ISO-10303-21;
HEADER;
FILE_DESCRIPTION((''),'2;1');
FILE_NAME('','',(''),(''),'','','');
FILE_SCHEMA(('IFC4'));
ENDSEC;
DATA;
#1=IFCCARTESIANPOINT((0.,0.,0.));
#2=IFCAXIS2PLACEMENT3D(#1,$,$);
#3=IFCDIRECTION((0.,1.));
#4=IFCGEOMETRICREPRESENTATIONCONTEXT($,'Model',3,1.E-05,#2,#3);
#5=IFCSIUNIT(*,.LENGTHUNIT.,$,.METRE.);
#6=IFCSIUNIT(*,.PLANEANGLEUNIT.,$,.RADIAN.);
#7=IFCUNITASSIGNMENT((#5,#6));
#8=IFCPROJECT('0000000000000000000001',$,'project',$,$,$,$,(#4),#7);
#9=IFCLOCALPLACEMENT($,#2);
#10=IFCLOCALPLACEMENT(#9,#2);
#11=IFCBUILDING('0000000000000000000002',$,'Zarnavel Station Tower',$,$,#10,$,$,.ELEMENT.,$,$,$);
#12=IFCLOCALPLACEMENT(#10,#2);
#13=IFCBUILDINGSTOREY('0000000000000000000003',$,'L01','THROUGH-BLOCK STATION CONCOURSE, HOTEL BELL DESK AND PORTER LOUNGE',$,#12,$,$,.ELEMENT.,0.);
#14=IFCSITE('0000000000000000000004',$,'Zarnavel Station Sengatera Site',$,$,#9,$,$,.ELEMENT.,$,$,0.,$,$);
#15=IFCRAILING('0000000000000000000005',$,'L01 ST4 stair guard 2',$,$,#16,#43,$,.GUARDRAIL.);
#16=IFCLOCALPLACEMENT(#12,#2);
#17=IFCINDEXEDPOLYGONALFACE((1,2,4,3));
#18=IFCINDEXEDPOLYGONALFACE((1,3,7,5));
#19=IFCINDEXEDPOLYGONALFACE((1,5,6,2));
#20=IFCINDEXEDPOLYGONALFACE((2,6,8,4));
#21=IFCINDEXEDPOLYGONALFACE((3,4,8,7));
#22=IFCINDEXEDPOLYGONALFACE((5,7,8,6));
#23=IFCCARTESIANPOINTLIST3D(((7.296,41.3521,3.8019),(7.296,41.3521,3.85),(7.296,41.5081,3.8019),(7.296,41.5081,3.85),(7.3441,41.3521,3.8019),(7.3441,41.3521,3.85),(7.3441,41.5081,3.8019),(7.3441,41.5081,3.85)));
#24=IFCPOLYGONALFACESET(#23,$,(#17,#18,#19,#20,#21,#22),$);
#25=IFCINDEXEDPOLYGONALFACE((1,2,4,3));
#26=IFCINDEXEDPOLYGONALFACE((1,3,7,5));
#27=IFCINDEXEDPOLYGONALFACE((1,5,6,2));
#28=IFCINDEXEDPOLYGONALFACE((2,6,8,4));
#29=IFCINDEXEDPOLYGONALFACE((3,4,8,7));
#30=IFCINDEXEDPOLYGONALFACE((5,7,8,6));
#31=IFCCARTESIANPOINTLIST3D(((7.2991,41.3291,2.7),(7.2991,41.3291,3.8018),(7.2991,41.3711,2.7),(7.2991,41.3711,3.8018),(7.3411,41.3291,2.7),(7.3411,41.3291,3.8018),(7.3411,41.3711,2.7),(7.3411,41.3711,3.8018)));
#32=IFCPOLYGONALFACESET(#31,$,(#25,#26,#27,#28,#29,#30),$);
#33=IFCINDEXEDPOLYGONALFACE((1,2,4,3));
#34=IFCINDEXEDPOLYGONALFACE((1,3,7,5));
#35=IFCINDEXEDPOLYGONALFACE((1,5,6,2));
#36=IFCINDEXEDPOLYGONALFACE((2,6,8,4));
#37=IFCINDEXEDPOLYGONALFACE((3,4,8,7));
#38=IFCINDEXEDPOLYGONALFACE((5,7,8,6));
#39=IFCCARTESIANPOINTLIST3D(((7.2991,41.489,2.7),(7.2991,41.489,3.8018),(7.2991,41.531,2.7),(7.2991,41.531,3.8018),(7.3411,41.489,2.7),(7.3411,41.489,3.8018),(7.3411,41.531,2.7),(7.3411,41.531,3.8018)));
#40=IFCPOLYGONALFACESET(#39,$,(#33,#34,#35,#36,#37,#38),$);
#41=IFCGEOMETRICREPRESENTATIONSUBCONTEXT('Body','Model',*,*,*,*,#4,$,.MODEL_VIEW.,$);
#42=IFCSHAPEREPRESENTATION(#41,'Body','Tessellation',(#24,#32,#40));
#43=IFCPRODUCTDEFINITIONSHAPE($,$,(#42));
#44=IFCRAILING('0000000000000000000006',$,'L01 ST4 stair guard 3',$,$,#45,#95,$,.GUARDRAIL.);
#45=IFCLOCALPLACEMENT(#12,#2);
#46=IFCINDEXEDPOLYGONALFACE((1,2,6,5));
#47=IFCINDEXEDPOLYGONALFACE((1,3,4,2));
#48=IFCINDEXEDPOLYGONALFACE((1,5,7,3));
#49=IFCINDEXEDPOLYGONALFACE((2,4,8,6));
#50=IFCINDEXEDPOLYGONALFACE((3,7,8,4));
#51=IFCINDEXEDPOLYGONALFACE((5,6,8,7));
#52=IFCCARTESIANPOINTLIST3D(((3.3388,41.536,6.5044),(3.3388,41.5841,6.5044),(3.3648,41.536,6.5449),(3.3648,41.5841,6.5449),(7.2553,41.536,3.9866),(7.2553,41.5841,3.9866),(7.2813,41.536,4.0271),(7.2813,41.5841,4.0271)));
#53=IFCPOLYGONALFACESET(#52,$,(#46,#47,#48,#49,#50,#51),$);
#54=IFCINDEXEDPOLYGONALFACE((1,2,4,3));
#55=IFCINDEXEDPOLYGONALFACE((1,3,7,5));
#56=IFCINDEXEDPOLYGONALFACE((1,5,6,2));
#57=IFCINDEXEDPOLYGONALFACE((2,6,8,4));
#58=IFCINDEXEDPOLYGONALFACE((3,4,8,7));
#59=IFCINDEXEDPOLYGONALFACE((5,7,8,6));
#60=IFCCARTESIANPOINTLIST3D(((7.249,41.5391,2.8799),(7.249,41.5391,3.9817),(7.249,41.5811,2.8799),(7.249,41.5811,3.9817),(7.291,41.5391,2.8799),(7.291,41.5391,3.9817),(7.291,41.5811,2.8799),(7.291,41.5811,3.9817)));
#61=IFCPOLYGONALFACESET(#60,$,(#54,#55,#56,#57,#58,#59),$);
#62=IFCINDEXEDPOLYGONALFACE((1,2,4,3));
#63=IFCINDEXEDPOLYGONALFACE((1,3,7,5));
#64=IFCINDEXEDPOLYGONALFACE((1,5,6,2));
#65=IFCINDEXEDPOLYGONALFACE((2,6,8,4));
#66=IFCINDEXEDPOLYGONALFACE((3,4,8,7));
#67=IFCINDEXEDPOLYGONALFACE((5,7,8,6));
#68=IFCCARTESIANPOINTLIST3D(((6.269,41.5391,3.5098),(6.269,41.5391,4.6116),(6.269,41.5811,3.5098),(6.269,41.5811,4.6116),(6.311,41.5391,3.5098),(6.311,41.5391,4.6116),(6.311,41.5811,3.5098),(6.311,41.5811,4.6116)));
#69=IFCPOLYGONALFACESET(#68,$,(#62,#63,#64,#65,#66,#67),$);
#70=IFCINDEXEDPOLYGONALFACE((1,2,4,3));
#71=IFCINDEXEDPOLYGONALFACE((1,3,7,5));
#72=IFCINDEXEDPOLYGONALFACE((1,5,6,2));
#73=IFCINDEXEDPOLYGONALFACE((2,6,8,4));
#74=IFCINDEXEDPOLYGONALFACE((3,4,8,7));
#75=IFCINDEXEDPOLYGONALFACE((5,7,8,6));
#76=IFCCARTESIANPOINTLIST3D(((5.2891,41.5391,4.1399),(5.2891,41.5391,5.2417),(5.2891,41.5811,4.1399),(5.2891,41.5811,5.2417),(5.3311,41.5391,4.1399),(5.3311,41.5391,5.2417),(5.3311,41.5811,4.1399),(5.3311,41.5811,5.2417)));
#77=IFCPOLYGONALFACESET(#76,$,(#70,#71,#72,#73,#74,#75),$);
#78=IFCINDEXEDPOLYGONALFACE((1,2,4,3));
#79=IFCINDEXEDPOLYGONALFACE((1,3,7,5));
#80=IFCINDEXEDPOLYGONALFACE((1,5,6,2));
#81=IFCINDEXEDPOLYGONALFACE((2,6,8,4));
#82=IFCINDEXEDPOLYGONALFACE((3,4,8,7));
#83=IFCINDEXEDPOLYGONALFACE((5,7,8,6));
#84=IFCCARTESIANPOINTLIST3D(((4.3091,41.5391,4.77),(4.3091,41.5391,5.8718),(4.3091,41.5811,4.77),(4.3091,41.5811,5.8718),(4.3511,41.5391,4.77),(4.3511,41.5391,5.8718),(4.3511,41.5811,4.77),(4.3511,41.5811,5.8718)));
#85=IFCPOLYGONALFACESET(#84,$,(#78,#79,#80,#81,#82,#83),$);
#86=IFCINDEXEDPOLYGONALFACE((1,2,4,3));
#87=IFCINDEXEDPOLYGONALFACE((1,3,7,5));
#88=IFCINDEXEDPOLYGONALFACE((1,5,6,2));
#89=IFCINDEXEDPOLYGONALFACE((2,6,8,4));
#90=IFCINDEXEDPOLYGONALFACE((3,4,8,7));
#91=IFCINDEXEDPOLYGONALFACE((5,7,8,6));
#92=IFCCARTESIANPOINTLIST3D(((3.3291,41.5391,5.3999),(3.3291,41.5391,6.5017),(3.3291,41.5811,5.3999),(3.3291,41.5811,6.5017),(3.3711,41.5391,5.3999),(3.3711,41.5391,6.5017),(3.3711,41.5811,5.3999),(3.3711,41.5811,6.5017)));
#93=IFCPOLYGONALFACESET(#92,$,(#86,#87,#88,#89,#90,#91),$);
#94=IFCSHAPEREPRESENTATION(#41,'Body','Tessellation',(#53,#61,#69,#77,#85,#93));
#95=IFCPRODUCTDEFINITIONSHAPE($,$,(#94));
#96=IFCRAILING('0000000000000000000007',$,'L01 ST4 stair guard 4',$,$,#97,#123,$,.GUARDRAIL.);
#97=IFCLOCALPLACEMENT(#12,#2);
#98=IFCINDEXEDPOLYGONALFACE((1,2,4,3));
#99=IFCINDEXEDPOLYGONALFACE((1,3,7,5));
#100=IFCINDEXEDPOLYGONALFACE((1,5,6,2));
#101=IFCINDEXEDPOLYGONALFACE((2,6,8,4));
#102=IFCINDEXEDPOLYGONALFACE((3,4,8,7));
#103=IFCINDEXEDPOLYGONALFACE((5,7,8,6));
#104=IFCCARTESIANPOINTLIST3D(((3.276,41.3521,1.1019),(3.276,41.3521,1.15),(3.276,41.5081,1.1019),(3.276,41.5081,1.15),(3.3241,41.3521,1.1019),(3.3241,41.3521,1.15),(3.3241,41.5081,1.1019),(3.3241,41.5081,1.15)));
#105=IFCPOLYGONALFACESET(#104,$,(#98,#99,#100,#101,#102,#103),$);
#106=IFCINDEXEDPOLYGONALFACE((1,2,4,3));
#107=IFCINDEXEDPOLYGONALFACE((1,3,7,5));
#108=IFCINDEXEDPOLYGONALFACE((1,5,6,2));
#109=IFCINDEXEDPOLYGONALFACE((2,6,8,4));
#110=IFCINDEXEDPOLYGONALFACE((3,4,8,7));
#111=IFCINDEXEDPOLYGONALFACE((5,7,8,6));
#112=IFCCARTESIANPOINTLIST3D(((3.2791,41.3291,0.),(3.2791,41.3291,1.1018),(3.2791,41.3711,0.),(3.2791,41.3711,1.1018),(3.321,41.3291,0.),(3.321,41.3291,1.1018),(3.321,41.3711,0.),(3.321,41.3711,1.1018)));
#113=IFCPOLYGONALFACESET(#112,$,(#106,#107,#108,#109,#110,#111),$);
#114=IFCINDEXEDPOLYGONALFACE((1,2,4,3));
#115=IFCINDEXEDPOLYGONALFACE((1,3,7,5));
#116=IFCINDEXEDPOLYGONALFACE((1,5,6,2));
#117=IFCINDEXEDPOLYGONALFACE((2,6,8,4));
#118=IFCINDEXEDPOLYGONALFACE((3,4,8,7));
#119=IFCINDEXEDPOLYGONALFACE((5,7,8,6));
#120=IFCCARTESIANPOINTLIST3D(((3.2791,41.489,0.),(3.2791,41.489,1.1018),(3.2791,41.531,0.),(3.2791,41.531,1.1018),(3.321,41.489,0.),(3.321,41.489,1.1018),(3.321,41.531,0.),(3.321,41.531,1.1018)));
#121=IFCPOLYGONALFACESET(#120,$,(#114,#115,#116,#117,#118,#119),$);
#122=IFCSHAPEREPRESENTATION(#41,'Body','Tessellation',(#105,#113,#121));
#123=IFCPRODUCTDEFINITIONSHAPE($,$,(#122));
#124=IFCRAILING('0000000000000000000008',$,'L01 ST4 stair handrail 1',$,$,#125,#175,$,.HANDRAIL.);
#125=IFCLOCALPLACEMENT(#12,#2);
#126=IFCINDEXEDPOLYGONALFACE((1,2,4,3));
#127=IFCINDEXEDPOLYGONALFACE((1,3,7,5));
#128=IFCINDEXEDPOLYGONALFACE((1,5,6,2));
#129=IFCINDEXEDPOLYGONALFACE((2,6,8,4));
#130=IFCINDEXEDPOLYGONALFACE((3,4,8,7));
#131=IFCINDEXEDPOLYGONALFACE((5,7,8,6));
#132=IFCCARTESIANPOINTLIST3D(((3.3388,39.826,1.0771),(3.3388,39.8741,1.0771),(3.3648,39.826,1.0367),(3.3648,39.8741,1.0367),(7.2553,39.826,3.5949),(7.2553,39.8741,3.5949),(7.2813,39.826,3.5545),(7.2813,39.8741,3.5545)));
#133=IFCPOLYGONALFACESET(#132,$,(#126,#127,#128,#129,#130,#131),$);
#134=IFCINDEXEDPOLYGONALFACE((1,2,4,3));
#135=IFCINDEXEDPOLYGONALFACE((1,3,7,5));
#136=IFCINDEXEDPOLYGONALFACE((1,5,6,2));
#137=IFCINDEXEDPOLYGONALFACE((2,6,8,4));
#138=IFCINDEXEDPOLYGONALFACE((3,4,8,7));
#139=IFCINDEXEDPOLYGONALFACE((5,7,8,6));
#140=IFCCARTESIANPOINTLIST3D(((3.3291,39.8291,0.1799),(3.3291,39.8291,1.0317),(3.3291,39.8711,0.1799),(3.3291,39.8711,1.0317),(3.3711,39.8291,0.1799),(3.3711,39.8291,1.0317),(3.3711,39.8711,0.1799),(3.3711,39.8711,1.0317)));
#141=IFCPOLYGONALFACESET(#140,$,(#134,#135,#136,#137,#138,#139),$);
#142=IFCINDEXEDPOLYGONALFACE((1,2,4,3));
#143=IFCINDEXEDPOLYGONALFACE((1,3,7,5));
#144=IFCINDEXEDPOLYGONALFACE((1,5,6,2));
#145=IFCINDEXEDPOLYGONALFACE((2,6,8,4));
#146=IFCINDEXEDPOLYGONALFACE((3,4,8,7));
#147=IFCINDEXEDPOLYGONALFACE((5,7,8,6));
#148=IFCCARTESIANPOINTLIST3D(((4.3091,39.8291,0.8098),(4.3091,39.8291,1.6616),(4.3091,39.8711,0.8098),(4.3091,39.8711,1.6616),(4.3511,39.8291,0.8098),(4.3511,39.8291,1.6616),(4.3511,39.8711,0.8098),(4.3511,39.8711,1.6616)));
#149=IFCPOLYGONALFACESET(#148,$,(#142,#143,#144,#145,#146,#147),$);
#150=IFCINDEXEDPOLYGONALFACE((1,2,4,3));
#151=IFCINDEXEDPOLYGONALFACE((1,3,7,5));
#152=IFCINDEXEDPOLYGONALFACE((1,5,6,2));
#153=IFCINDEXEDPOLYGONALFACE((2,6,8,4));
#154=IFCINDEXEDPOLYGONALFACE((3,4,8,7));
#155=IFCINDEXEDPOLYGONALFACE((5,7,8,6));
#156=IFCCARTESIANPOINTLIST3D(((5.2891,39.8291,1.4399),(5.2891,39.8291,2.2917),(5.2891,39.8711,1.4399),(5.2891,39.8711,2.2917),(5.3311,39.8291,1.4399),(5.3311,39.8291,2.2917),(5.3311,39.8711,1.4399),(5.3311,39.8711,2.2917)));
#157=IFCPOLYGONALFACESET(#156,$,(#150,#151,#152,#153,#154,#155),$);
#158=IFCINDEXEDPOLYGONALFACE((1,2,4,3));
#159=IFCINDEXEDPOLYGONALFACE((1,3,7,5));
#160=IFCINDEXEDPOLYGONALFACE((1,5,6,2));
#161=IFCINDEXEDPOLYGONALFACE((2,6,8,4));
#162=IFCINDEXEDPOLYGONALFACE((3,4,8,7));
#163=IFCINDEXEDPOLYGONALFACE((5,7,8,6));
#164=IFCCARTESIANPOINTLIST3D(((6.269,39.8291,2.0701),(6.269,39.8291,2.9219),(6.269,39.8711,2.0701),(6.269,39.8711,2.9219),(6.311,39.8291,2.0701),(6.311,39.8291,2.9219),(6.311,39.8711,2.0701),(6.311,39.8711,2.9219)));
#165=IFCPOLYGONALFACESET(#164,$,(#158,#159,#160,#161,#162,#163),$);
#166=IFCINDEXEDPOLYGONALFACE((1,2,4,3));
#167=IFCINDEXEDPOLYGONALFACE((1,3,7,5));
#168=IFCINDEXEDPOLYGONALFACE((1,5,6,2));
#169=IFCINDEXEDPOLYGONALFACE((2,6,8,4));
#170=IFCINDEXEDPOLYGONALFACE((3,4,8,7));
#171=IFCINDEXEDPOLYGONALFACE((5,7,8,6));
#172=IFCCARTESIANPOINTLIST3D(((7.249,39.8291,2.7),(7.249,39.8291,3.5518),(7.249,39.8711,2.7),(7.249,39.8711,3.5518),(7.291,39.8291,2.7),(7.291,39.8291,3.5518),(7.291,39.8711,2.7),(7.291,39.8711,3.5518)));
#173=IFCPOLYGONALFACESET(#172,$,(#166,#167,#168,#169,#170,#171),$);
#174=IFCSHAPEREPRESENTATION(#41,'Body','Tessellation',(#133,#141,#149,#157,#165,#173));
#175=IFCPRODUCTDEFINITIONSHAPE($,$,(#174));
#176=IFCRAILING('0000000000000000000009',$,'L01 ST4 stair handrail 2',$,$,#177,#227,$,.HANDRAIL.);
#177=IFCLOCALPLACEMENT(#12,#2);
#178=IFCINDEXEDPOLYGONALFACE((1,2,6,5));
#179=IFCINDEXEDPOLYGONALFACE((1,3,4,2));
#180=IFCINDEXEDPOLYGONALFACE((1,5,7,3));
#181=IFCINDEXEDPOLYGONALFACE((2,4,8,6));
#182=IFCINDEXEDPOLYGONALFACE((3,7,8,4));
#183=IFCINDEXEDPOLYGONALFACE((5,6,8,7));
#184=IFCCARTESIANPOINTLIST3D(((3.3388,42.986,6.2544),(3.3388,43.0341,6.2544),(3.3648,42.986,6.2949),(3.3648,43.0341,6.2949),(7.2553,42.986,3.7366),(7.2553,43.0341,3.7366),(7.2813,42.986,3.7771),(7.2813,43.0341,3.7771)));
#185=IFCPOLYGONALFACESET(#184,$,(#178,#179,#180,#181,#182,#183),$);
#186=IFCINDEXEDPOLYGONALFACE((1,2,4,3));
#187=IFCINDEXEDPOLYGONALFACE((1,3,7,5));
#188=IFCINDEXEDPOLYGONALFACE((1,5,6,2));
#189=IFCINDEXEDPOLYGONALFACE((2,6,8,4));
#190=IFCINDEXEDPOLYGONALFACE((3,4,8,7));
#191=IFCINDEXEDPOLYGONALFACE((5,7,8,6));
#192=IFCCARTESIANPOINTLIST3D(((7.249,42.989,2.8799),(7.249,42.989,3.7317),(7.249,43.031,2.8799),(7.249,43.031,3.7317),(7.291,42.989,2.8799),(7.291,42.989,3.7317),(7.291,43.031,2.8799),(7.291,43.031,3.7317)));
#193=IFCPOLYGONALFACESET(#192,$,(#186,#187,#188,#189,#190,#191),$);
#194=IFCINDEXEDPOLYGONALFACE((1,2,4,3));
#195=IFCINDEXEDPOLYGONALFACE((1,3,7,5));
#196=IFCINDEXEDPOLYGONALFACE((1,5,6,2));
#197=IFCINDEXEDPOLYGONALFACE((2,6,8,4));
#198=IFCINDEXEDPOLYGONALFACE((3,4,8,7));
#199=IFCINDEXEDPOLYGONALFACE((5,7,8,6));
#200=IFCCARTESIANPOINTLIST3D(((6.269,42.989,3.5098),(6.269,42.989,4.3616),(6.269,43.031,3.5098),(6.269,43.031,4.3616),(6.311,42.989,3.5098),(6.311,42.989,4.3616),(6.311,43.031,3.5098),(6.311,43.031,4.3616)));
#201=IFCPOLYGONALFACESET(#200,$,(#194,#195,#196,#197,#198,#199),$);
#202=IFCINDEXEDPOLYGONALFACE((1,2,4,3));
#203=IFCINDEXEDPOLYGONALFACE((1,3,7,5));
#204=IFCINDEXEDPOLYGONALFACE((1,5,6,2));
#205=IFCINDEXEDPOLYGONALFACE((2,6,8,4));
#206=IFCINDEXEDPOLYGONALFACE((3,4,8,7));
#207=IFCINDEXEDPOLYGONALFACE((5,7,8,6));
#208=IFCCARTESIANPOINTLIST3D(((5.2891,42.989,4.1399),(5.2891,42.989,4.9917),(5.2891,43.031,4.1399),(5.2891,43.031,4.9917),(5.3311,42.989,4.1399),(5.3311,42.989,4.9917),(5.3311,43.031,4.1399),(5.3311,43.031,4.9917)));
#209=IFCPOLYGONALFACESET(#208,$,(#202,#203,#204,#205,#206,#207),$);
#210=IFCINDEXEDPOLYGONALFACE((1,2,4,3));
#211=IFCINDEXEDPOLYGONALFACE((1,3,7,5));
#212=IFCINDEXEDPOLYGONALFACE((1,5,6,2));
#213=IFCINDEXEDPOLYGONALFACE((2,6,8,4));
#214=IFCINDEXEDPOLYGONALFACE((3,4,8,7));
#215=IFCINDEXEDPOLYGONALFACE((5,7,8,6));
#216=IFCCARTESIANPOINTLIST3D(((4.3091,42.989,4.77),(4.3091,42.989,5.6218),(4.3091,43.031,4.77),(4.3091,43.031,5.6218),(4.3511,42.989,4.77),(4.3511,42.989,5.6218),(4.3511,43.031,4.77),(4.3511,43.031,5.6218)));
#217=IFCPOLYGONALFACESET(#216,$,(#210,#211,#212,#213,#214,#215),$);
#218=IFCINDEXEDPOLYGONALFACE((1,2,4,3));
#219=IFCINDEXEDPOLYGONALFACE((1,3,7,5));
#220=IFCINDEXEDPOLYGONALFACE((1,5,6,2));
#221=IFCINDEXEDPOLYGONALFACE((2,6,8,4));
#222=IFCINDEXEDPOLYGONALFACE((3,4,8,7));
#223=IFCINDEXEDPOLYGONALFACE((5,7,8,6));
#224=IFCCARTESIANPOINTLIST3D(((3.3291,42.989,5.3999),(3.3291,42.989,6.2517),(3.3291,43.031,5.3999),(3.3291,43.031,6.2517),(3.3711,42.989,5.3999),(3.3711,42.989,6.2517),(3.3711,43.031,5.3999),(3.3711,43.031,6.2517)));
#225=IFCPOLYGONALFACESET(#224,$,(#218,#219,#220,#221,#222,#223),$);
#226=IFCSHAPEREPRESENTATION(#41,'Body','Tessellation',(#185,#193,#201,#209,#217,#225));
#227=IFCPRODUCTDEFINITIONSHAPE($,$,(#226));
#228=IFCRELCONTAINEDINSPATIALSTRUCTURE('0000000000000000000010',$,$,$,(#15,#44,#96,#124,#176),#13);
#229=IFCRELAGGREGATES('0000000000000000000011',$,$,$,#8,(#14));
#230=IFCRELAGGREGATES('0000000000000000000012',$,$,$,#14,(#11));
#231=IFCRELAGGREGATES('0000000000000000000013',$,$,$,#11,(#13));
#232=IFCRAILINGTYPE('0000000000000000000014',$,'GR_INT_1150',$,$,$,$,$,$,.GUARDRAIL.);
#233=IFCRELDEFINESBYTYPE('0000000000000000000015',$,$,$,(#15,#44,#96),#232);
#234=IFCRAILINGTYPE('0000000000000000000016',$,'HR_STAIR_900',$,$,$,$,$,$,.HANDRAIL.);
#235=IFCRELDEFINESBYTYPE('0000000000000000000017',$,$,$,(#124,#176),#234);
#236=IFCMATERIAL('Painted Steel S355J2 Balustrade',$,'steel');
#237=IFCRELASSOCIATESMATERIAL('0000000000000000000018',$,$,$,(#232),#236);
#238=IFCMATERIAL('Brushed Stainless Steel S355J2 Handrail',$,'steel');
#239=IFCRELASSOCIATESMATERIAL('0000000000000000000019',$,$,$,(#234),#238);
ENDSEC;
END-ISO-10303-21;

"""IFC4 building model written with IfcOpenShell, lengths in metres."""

from ifc_helpers import new_model, si_unit, direction, frame, origin, origin_2d, place, context, subcontext, project, spatial, rectangle, extrude, material, type_object, element, save


model = new_model("IFC4")

# Units and contexts
model_context = context("Model", 3, precision=1e-05, world=origin(), true_north=direction((0.0, 1.0)))
body_context = subcontext(model_context, "Body", "Model", "MODEL_VIEW")
ifc_project = project(units=[si_unit("LENGTHUNIT", "METRE"), si_unit("PLANEANGLEUNIT", "RADIAN")], contexts=[model_context])

# Site, building, storey
site_placement = place(None, origin())
site = spatial("IfcSite", under=ifc_project, at=site_placement, Name="Zarnavel Station Sengatera Site", CompositionType="ELEMENT", RefElevation=0.0)
building_placement = place(site_placement, origin())
building = spatial("IfcBuilding", under=site, at=building_placement, Name="Zarnavel Station Tower", CompositionType="ELEMENT")
storey_placement = place(building_placement, origin())
storey = spatial("IfcBuildingStorey", under=building, at=storey_placement, Name="L01", Description="THROUGH-BLOCK STATION CONCOURSE, HOTEL BELL DESK AND PORTER LOUNGE", CompositionType="ELEMENT", Elevation=0.0)

# Railings
ifc_material_1 = material(Name="Painted Steel S355J2 Balustrade", Category="steel")
railing_type_1 = type_object("IfcRailingType", Name="GR_INT_1150", PredefinedType="GUARDRAIL", material=ifc_material_1)
railing_1_placement = place(storey_placement, frame((7.3201, 41.3501, 2.7)))
element("IfcRailing", 1, at=railing_1_placement, inside=storey, type_object=railing_type_1, Name="L01 ST4 stair guard 2", PredefinedType="GUARDRAIL", context=body_context, shape_type="SweptSolid", body=[
    extrude(rectangle(XDim=0.0481, YDim=0.0481, at=origin_2d()), frame((0.0, 0.002, 1.126), z_axis=(0.0, 1.0, 0.0), x_axis=(-1.0, 0.0, 0.0)), (0.0, 0.0, 1.0), 0.156),
    extrude(rectangle(XDim=0.042, YDim=0.042, at=origin_2d()), origin(), (0.0, 0.0, 1.0), 1.1018),
    extrude(rectangle(XDim=0.042, YDim=0.042, at=origin_2d()), frame((0.0, 0.1599, 0.0)), (0.0, 0.0, 1.0), 1.1018),
])
railing_2_placement = place(storey_placement, frame((7.27, 41.5601, 2.8799)))
element("IfcRailing", 2, at=railing_2_placement, inside=storey, type_object=railing_type_1, Name="L01 ST4 stair guard 3", PredefinedType="GUARDRAIL", context=body_context, shape_type="SweptSolid", body=[
    extrude(rectangle(XDim=0.0481, YDim=0.0481, at=origin_2d()), frame((-0.0017, 0.0, 1.127), z_axis=(-0.841172, 0.0, 0.540768), x_axis=(0.0, -1.0, 0.0)), (0.0, 0.0, 1.0), 4.656),
    extrude(rectangle(XDim=0.042, YDim=0.042, at=origin_2d()), origin(), (0.0, 0.0, 1.0), 1.1018),
    extrude(rectangle(XDim=0.042, YDim=0.042, at=origin_2d()), frame((-0.98, 0.0, 0.6299)), (0.0, 0.0, 1.0), 1.1018),
    extrude(rectangle(XDim=0.042, YDim=0.042, at=origin_2d()), frame((-1.96, 0.0, 1.26)), (0.0, 0.0, 1.0), 1.1018),
    extrude(rectangle(XDim=0.042, YDim=0.042, at=origin_2d()), frame((-2.9399, 0.0, 1.8901)), (0.0, 0.0, 1.0), 1.1018),
    extrude(rectangle(XDim=0.042, YDim=0.042, at=origin_2d()), frame((-3.9199, 0.0, 2.52)), (0.0, 0.0, 1.0), 1.1018),
])
railing_3_placement = place(storey_placement, frame((3.3, 41.3501, 0.0)))
element("IfcRailing", 3, at=railing_3_placement, inside=storey, type_object=railing_type_1, Name="L01 ST4 stair guard 4", PredefinedType="GUARDRAIL", context=body_context, shape_type="SweptSolid", body=[
    extrude(rectangle(XDim=0.0481, YDim=0.0481, at=origin_2d()), frame((0.0, 0.002, 1.126), z_axis=(0.0, 1.0, 0.0), x_axis=(-1.0, 0.0, 0.0)), (0.0, 0.0, 1.0), 0.156),
    extrude(rectangle(XDim=0.042, YDim=0.042, at=origin_2d()), origin(), (0.0, 0.0, 1.0), 1.1018),
    extrude(rectangle(XDim=0.042, YDim=0.042, at=origin_2d()), frame((0.0, 0.1599, 0.0)), (0.0, 0.0, 1.0), 1.1018),
])
ifc_material_2 = material(Name="Brushed Stainless Steel S355J2 Handrail", Category="steel")
railing_type_2 = type_object("IfcRailingType", Name="HR_STAIR_900", PredefinedType="HANDRAIL", material=ifc_material_2)
railing_4_placement = place(storey_placement, frame((3.3501, 39.8501, 0.1799)))
element("IfcRailing", 4, at=railing_4_placement, inside=storey, type_object=railing_type_2, Name="L01 ST4 stair handrail 1", PredefinedType="HANDRAIL", context=body_context, shape_type="SweptSolid", body=[
    extrude(rectangle(XDim=0.0481, YDim=0.0481, at=origin_2d()), frame((0.0017, 0.0, 0.877), z_axis=(0.841172, 0.0, 0.540768), x_axis=(0.0, 1.0, 0.0)), (0.0, 0.0, 1.0), 4.656),
    extrude(rectangle(XDim=0.042, YDim=0.042, at=origin_2d()), origin(), (0.0, 0.0, 1.0), 0.8518),
    extrude(rectangle(XDim=0.042, YDim=0.042, at=origin_2d()), frame((0.98, 0.0, 0.6299)), (0.0, 0.0, 1.0), 0.8518),
    extrude(rectangle(XDim=0.042, YDim=0.042, at=origin_2d()), frame((1.96, 0.0, 1.26)), (0.0, 0.0, 1.0), 0.8518),
    extrude(rectangle(XDim=0.042, YDim=0.042, at=origin_2d()), frame((2.9399, 0.0, 1.8901)), (0.0, 0.0, 1.0), 0.8518),
    extrude(rectangle(XDim=0.042, YDim=0.042, at=origin_2d()), frame((3.9199, 0.0, 2.52)), (0.0, 0.0, 1.0), 0.8518),
])
railing_5_placement = place(storey_placement, frame((7.27, 43.01, 2.8799)))
element("IfcRailing", 5, at=railing_5_placement, inside=storey, type_object=railing_type_2, Name="L01 ST4 stair handrail 2", PredefinedType="HANDRAIL", context=body_context, shape_type="SweptSolid", body=[
    extrude(rectangle(XDim=0.0481, YDim=0.0481, at=origin_2d()), frame((-0.0017, 0.0, 0.877), z_axis=(-0.841172, 0.0, 0.540768), x_axis=(0.0, -1.0, 0.0)), (0.0, 0.0, 1.0), 4.656),
    extrude(rectangle(XDim=0.042, YDim=0.042, at=origin_2d()), origin(), (0.0, 0.0, 1.0), 0.8518),
    extrude(rectangle(XDim=0.042, YDim=0.042, at=origin_2d()), frame((-0.98, 0.0, 0.6299)), (0.0, 0.0, 1.0), 0.8518),
    extrude(rectangle(XDim=0.042, YDim=0.042, at=origin_2d()), frame((-1.96, 0.0, 1.26)), (0.0, 0.0, 1.0), 0.8518),
    extrude(rectangle(XDim=0.042, YDim=0.042, at=origin_2d()), frame((-2.9399, 0.0, 1.8901)), (0.0, 0.0, 1.0), 0.8518),
    extrude(rectangle(XDim=0.042, YDim=0.042, at=origin_2d()), frame((-3.9199, 0.0, 2.52)), (0.0, 0.0, 1.0), 0.8518),
])

save(model, "model.ifc")
